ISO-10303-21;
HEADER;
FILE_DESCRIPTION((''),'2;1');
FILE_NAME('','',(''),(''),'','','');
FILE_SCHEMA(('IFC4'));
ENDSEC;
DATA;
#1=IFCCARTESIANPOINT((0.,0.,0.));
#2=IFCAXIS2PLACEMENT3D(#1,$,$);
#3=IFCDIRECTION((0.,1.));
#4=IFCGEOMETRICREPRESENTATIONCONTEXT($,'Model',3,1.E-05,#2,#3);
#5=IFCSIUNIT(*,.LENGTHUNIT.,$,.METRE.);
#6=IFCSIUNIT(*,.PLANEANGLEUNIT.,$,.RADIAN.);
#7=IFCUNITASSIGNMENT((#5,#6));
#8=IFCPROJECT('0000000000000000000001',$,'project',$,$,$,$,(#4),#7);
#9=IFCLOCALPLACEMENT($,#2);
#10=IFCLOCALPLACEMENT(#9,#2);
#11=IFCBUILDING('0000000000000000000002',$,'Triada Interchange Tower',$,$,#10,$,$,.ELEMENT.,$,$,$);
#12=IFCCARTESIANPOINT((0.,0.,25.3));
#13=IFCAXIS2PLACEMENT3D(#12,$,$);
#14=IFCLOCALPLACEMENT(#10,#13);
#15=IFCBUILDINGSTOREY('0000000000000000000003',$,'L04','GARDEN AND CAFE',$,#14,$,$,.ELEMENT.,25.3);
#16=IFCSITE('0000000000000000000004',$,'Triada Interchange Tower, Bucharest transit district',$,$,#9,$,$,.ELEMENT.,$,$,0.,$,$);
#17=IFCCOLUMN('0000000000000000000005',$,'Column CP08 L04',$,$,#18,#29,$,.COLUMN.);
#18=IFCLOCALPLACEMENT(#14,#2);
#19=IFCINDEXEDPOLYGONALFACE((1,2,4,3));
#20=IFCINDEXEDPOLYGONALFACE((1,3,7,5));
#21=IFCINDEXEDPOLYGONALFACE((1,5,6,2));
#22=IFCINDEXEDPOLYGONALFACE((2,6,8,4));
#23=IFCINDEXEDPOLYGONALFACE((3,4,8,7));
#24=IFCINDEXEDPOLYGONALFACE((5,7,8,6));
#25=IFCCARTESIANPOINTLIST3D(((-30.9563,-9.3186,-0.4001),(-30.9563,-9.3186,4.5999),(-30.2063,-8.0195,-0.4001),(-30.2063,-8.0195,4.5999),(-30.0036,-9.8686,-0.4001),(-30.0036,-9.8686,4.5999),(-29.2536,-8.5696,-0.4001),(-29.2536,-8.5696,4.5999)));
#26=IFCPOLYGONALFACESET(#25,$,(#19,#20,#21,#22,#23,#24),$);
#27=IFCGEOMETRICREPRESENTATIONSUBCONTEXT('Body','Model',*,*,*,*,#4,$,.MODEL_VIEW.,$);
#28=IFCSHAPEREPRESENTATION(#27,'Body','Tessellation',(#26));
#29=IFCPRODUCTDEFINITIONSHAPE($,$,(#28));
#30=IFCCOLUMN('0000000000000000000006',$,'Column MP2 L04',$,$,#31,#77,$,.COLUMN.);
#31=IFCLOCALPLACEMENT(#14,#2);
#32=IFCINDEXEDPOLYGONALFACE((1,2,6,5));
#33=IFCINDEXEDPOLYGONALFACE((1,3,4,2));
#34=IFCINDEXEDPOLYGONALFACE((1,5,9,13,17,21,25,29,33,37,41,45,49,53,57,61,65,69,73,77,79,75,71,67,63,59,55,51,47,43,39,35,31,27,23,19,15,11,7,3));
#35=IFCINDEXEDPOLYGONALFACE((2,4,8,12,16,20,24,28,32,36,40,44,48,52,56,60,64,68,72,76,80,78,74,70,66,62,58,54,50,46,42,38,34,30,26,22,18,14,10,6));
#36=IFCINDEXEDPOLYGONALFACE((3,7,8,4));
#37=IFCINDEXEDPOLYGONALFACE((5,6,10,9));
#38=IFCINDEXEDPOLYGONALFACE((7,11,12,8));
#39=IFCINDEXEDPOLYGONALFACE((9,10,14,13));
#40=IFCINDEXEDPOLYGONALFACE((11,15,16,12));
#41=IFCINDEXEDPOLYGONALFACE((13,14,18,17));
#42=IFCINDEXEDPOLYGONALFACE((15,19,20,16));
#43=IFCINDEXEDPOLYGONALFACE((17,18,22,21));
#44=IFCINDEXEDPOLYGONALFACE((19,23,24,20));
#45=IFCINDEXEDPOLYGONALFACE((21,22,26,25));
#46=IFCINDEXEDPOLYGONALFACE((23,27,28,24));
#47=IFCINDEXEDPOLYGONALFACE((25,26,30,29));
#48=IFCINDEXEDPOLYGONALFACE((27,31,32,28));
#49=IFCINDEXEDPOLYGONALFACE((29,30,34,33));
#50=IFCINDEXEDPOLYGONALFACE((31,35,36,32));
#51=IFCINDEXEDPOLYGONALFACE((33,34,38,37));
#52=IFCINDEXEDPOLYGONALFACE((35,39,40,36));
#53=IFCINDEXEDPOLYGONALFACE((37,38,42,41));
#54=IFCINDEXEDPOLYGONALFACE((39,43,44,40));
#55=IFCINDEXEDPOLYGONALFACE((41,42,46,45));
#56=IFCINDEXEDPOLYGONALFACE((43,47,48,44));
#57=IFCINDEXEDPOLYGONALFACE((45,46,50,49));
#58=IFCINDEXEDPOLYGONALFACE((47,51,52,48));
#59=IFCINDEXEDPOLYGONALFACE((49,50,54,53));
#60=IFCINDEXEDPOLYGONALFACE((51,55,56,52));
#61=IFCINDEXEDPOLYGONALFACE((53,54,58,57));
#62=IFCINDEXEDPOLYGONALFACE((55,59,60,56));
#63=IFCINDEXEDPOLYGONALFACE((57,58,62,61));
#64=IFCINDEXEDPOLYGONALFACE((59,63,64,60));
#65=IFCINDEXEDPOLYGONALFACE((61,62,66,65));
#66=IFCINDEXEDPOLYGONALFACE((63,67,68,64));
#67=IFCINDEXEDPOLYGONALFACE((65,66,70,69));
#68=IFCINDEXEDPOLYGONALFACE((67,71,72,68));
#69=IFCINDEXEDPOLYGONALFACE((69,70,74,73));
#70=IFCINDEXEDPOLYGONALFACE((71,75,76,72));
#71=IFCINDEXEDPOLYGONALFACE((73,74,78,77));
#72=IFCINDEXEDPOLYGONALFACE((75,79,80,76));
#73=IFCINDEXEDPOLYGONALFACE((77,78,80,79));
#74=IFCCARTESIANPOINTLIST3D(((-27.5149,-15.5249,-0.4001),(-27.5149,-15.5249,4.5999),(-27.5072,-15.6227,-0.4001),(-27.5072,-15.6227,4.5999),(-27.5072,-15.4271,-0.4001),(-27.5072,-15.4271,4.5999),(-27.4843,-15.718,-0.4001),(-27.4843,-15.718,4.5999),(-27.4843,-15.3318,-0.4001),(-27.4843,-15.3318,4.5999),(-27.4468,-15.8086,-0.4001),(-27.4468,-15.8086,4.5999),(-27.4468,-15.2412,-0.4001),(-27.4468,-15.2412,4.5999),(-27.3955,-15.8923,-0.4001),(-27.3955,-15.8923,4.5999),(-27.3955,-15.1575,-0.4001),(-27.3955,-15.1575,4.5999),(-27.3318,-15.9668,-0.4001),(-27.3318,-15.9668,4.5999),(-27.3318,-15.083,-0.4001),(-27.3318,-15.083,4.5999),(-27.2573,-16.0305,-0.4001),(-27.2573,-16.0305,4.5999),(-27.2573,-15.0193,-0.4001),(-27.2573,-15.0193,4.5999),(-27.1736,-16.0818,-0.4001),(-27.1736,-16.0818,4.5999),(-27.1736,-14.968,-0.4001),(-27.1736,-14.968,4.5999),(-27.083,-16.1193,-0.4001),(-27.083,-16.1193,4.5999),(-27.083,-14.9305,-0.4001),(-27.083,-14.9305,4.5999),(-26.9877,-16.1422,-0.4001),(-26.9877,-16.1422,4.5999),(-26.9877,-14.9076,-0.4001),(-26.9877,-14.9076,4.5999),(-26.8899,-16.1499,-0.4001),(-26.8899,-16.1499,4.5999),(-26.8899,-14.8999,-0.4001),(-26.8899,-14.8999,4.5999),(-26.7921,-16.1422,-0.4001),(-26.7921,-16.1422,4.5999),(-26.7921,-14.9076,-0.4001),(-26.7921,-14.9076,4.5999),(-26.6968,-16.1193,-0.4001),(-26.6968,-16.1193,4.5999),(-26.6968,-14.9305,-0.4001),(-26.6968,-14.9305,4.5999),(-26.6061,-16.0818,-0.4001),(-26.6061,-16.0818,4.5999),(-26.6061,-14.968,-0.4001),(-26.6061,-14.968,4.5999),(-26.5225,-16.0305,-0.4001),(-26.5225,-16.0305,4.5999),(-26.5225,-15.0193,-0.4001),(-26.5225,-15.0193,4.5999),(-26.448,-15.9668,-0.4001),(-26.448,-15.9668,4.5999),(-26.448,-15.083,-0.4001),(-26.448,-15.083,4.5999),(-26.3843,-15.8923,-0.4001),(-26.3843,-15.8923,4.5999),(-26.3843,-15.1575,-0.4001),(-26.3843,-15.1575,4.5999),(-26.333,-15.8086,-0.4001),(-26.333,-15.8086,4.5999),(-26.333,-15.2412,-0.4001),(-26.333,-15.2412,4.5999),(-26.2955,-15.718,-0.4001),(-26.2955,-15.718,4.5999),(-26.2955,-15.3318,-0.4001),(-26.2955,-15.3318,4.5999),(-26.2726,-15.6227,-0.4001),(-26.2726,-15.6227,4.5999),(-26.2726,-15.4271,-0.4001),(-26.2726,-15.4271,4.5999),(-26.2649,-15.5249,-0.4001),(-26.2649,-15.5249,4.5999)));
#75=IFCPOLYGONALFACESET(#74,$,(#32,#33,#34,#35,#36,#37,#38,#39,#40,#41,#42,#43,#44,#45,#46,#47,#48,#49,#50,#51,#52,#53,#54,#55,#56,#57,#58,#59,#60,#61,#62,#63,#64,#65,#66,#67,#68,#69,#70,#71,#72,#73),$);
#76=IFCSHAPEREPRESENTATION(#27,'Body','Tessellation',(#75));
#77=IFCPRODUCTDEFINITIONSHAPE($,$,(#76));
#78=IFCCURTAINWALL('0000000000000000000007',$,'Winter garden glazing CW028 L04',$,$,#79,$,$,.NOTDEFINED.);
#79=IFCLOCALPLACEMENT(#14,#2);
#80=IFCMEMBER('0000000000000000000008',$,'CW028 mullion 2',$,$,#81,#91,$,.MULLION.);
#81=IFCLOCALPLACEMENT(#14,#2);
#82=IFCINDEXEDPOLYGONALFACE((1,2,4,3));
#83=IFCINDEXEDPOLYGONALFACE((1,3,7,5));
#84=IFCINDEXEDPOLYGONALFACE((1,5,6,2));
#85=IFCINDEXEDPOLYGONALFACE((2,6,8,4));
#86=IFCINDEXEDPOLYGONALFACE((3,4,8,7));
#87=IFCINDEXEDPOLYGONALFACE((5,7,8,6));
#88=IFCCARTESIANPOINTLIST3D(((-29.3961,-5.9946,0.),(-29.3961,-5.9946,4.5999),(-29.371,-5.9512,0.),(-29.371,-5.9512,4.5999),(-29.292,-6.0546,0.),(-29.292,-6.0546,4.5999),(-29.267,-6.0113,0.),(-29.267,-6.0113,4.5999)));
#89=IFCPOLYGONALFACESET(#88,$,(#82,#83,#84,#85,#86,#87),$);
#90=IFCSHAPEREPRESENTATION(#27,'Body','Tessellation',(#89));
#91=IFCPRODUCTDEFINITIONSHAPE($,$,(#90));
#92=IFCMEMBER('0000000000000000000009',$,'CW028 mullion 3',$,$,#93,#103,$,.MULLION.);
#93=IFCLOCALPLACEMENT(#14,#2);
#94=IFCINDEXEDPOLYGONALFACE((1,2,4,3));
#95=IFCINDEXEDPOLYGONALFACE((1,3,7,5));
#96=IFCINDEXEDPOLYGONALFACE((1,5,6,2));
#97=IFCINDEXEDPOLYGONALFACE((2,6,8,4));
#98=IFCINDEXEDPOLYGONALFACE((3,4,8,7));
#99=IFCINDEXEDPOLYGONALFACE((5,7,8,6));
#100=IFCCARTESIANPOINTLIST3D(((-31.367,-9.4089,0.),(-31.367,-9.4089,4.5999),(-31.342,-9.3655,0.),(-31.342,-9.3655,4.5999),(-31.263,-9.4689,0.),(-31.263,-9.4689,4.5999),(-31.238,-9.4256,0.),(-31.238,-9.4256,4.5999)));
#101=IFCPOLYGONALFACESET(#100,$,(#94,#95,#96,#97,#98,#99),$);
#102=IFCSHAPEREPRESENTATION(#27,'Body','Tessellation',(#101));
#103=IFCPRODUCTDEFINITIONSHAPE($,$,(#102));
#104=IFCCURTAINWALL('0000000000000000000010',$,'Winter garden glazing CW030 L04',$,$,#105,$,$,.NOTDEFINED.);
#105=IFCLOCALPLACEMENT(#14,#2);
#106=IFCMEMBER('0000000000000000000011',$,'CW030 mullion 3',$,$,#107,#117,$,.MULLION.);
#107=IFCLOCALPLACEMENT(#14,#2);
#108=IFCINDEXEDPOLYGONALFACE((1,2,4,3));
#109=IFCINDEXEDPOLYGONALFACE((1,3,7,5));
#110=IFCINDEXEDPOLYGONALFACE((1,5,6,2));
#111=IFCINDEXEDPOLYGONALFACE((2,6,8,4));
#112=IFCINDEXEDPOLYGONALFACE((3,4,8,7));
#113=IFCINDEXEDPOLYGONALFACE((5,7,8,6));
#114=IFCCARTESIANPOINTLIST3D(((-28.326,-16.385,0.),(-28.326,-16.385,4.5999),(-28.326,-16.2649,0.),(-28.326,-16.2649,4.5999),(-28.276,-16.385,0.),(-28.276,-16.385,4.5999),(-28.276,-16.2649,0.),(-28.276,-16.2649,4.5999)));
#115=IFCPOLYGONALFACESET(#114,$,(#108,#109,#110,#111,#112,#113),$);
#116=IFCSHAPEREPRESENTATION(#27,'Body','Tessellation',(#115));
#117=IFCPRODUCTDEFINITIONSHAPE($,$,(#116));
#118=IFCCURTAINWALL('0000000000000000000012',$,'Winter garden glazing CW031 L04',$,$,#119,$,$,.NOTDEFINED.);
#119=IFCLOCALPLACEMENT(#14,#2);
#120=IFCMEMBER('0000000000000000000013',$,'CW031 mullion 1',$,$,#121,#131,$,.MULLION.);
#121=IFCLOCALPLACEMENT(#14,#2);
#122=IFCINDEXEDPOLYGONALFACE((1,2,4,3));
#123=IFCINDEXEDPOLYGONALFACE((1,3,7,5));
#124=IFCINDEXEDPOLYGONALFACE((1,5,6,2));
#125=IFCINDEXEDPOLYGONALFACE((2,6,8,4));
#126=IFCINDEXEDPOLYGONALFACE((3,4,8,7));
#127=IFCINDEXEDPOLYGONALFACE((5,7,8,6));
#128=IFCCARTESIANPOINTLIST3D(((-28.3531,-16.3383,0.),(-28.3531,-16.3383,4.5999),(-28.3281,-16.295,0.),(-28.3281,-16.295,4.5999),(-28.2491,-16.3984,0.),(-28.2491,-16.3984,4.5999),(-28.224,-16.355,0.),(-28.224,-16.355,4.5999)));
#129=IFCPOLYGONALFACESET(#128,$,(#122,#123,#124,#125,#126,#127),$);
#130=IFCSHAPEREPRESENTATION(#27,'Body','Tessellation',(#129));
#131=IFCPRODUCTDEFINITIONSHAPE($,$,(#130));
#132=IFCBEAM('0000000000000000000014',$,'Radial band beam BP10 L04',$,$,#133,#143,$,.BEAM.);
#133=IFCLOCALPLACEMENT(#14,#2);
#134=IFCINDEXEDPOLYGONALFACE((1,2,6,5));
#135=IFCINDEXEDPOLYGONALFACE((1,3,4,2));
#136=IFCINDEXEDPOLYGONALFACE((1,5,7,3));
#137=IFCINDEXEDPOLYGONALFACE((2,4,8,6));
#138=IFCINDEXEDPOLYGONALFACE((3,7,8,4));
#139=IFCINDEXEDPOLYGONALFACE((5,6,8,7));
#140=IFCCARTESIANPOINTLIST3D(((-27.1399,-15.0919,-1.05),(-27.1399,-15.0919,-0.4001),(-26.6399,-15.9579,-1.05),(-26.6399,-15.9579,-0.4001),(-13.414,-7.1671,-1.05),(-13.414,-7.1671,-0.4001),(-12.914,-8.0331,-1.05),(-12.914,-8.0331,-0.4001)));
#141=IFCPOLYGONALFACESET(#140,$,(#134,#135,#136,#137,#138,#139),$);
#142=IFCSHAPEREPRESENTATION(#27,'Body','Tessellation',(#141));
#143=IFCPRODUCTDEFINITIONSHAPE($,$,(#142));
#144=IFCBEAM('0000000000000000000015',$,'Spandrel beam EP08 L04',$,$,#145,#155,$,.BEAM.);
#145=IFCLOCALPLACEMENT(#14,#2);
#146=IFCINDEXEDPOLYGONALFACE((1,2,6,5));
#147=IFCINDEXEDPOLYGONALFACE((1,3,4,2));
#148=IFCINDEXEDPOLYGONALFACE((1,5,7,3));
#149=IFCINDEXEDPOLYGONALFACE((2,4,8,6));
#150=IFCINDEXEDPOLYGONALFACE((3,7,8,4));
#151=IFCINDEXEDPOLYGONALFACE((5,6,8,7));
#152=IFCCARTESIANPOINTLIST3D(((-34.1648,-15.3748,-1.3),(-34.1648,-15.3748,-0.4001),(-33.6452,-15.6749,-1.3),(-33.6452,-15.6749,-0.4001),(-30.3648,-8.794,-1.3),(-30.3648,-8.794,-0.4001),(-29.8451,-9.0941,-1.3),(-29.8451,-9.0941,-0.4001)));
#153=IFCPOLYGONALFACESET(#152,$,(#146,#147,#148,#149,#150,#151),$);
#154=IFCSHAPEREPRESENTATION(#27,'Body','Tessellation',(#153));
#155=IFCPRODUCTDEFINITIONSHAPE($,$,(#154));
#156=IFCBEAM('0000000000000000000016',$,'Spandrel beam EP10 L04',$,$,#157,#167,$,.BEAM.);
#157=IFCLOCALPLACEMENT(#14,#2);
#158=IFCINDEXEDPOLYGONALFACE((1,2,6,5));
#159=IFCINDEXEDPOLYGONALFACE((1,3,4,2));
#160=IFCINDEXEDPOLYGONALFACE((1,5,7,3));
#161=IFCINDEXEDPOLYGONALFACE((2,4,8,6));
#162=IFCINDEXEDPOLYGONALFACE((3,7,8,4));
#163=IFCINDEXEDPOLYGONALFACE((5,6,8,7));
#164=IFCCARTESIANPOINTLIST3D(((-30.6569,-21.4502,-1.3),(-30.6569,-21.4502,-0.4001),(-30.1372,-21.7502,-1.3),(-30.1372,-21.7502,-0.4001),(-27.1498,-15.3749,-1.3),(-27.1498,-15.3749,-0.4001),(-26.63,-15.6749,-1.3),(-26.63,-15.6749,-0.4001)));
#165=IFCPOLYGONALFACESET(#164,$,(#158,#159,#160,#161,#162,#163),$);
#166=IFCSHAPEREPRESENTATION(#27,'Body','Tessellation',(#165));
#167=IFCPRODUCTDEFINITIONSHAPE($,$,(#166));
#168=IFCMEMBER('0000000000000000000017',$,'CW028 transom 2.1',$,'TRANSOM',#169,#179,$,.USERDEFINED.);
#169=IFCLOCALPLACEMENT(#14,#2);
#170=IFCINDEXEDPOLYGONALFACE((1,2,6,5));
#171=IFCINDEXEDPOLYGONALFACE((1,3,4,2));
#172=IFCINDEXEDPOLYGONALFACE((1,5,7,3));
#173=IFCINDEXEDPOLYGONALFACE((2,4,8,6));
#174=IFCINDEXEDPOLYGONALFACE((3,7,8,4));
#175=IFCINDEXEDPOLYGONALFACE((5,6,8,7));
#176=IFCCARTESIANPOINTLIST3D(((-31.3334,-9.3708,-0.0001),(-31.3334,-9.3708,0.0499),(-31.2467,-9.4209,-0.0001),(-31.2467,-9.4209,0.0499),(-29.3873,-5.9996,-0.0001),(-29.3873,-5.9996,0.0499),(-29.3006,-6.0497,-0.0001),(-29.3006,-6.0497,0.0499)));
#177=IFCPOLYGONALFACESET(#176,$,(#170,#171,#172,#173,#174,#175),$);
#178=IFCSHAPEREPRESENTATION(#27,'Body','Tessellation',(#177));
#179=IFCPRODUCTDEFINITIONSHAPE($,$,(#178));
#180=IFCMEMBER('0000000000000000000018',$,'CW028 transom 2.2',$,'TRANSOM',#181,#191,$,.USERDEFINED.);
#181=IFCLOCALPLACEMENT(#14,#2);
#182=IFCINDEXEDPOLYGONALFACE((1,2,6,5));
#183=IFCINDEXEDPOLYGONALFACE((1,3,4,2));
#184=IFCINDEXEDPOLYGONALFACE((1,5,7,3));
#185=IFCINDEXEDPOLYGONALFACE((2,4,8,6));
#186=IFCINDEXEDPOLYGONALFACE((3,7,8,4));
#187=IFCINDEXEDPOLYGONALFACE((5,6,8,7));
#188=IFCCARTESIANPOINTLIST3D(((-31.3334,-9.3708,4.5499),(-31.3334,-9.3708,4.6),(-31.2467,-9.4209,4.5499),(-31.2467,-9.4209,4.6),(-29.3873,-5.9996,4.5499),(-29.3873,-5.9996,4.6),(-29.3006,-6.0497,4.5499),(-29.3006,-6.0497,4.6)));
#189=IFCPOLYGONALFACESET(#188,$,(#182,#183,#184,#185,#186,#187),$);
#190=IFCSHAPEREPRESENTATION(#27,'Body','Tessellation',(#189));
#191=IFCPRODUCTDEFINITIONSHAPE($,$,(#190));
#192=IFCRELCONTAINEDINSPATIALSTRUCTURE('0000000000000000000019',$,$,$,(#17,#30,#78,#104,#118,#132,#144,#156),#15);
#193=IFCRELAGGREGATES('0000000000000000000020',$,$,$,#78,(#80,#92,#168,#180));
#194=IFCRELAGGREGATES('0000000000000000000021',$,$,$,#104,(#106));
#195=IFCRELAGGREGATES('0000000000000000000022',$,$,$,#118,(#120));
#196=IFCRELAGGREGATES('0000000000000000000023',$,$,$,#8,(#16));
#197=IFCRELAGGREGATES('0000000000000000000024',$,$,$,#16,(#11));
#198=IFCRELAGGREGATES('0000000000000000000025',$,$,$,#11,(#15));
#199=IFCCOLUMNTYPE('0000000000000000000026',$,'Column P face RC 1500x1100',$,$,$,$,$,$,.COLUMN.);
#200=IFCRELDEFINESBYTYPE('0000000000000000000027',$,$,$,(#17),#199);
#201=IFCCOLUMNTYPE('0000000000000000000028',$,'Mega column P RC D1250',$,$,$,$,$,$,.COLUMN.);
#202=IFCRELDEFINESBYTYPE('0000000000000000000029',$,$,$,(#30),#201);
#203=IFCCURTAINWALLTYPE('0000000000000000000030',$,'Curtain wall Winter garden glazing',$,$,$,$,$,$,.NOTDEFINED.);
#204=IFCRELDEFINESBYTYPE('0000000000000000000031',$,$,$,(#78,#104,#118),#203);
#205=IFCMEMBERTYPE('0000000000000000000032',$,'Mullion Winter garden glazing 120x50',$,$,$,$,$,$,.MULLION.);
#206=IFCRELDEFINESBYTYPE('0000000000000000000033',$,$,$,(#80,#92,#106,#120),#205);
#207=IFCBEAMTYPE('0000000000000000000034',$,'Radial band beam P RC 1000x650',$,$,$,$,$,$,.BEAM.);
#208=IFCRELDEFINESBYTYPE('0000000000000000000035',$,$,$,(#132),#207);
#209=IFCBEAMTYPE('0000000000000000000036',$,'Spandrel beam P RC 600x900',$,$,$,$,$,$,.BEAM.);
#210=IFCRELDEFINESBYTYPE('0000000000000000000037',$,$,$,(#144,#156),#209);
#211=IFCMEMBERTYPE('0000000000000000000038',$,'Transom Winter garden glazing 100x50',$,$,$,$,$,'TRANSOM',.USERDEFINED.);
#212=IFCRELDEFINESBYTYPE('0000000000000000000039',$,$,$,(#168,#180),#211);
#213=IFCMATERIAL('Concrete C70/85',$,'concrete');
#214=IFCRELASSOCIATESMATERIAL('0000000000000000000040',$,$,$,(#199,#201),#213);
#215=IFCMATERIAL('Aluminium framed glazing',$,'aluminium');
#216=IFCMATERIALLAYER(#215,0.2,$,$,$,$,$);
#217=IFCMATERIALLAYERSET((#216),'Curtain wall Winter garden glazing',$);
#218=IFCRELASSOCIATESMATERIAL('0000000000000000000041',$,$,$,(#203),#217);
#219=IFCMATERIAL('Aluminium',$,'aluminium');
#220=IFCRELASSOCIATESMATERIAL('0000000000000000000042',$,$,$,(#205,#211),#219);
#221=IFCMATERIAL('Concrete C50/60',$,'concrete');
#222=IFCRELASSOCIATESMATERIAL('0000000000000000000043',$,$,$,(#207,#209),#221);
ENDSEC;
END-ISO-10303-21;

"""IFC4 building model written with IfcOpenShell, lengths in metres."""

from ifc_helpers import new_model, si_unit, direction, frame, origin, origin_2d, place, context, subcontext, project, spatial, rectangle, circle, extrude, material, layer, layer_set, material_profile, profile_set, type_object, element, aggregate, save


model = new_model("IFC4")

# Units and contexts
model_context = context("Model", 3, precision=1e-05, world=origin(), true_north=direction((0.0, 1.0)))
body_context = subcontext(model_context, "Body", "Model", "MODEL_VIEW")
ifc_project = project(units=[si_unit("LENGTHUNIT", "METRE"), si_unit("PLANEANGLEUNIT", "RADIAN")], contexts=[model_context])

# Site, building, storey
site_placement = place(None, origin())
site = spatial("IfcSite", under=ifc_project, at=site_placement, Name="Triada Interchange Tower, Bucharest transit district", CompositionType="ELEMENT", RefElevation=0.0)
building_placement = place(site_placement, origin())
building = spatial("IfcBuilding", under=site, at=building_placement, Name="Triada Interchange Tower", CompositionType="ELEMENT")
storey_placement = place(building_placement, frame((0.0, 0.0, 25.3)))
storey = spatial("IfcBuildingStorey", under=building, at=storey_placement, Name="L04", Description="GARDEN AND CAFE", CompositionType="ELEMENT", Elevation=25.3)

# Columns
ifc_material_1 = material(Name="Concrete C70/85", Category="concrete")
ifc_material_profile_1 = material_profile(ifc_material_1, rectangle(XDim=1.5, YDim=1.1001, at=origin_2d()), Name="RC 1500x1100")
ifc_profile_set_1 = profile_set([ifc_material_profile_1], Name="Concrete C70/85")
column_type_1 = type_object("IfcColumnType", Name="Column P face RC 1500x1100", PredefinedType="COLUMN", material=ifc_profile_set_1)
column_1_placement = place(storey_placement, frame((-30.105, -8.9441, -0.4001), z_axis=(0.0, 0.0, 1.0), x_axis=(0.5, 0.866025, 0.0)))
element("IfcColumn", 1, at=column_1_placement, inside=storey, type_object=column_type_1, Name="Column CP08 L04", PredefinedType="COLUMN", context=body_context, shape_type="SweptSolid", body=[
    extrude(rectangle(XDim=1.5, YDim=1.1001, at=origin_2d()), origin(), (0.0, 0.0, 1.0), 5.0),
])
ifc_material_profile_2 = material_profile(ifc_material_1, circle(Radius=0.625, at=origin_2d()), Name="RC D1250")
ifc_profile_set_2 = profile_set([ifc_material_profile_2], Name="Concrete C70/85")
column_type_2 = type_object("IfcColumnType", Name="Mega column P RC D1250", PredefinedType="COLUMN", material=ifc_profile_set_2)
column_2_placement = place(storey_placement, frame((-26.8899, -15.5249, -0.4001), z_axis=(0.0, 0.0, 1.0), x_axis=(1.0, 0.0, 0.0)))
element("IfcColumn", 2, at=column_2_placement, inside=storey, type_object=column_type_2, Name="Column MP2 L04", PredefinedType="COLUMN", context=body_context, shape_type="SweptSolid", body=[
    extrude(circle(Radius=0.625, at=origin_2d()), origin(), (0.0, 0.0, 1.0), 5.0),
])

# Curtain wall, members
ifc_material_2 = material(Name="Aluminium framed glazing", Category="aluminium")
ifc_layer_1 = layer(ifc_material_2, 0.2)
ifc_layer_set_1 = layer_set([ifc_layer_1], Name="Curtain wall Winter garden glazing")
curtain_wall_type = type_object("IfcCurtainWallType", Name="Curtain wall Winter garden glazing", PredefinedType="NOTDEFINED", material=ifc_layer_set_1)
curtain_wall_1_placement = place(storey_placement, origin())
curtain_wall_1 = element("IfcCurtainWall", 3, at=curtain_wall_1_placement, inside=storey, type_object=curtain_wall_type, Name="Winter garden glazing CW028 L04", PredefinedType="NOTDEFINED")
ifc_material_3 = material(Name="Aluminium", Category="aluminium")
ifc_material_profile_3 = material_profile(ifc_material_3, rectangle(XDim=0.1201, YDim=0.05, at=origin_2d()), Name="Aluminium mullion")
ifc_profile_set_3 = profile_set([ifc_material_profile_3], Name="Aluminium")
member_type_1 = type_object("IfcMemberType", Name="Mullion Winter garden glazing 120x50", PredefinedType="MULLION", material=ifc_profile_set_3)
member_1_placement = place(storey_placement, frame((-29.3315, -6.0029, 0.0), z_axis=(0.0, 0.0, 1.0), x_axis=(0.866055, -0.499948, 0.0)))
member_1 = element("IfcMember", 4, at=member_1_placement, type_object=member_type_1, Name="CW028 mullion 2", PredefinedType="MULLION", context=body_context, shape_type="SweptSolid", body=[
    extrude(rectangle(XDim=0.1201, YDim=0.05, at=origin_2d()), origin(), (0.0, 0.0, 1.0), 4.5999),
])
member_2_placement = place(storey_placement, frame((-31.3025, -9.4172, 0.0), z_axis=(0.0, 0.0, 1.0), x_axis=(0.866055, -0.499948, 0.0)))
member_2 = element("IfcMember", 5, at=member_2_placement, type_object=member_type_1, Name="CW028 mullion 3", PredefinedType="MULLION", context=body_context, shape_type="SweptSolid", body=[
    extrude(rectangle(XDim=0.1201, YDim=0.05, at=origin_2d()), origin(), (0.0, 0.0, 1.0), 4.5999),
])

# Curtain walls, members
curtain_wall_2_placement = place(storey_placement, origin())
curtain_wall_2 = element("IfcCurtainWall", 6, at=curtain_wall_2_placement, inside=storey, type_object=curtain_wall_type, Name="Winter garden glazing CW030 L04", PredefinedType="NOTDEFINED")
member_3_placement = place(storey_placement, frame((-28.301, -16.325, 0.0), z_axis=(0.0, 0.0, 1.0), x_axis=(0.0, 1.0, 0.0)))
member_3 = element("IfcMember", 7, at=member_3_placement, type_object=member_type_1, Name="CW030 mullion 3", PredefinedType="MULLION", context=body_context, shape_type="SweptSolid", body=[
    extrude(rectangle(XDim=0.1201, YDim=0.05, at=origin_2d()), origin(), (0.0, 0.0, 1.0), 4.5999),
])
curtain_wall_3_placement = place(storey_placement, origin())
curtain_wall_3 = element("IfcCurtainWall", 8, at=curtain_wall_3_placement, inside=storey, type_object=curtain_wall_type, Name="Winter garden glazing CW031 L04", PredefinedType="NOTDEFINED")
member_4_placement = place(storey_placement, frame((-28.2886, -16.3467, 0.0), z_axis=(0.0, 0.0, 1.0), x_axis=(0.86605, -0.499957, 0.0)))
member_4 = element("IfcMember", 9, at=member_4_placement, type_object=member_type_1, Name="CW031 mullion 1", PredefinedType="MULLION", context=body_context, shape_type="SweptSolid", body=[
    extrude(rectangle(XDim=0.1201, YDim=0.05, at=origin_2d()), origin(), (0.0, 0.0, 1.0), 4.5999),
])

# Beams
ifc_material_4 = material(Name="Concrete C50/60", Category="concrete")
ifc_material_profile_4 = material_profile(ifc_material_4, rectangle(XDim=1.0, YDim=0.6499, at=origin_2d()), Name="RC 1000x650")
ifc_profile_set_4 = profile_set([ifc_material_profile_4], Name="Concrete C50/60")
beam_type_1 = type_object("IfcBeamType", Name="Radial band beam P RC 1000x650", PredefinedType="BEAM", material=ifc_profile_set_4)
beam_1_placement = place(storey_placement, frame((-26.8899, -15.5249, -0.7251), z_axis=(0.86602, 0.500009, 0.0), x_axis=(-0.500009, 0.86602, 0.0)))
element("IfcBeam", 10, at=beam_1_placement, inside=storey, type_object=beam_type_1, Name="Radial band beam BP10 L04", PredefinedType="BEAM", context=body_context, shape_type="SweptSolid", body=[
    extrude(rectangle(XDim=1.0, YDim=0.6499, at=origin_2d()), origin(), (0.0, 0.0, 1.0), 15.8494),
])
ifc_material_profile_5 = material_profile(ifc_material_4, rectangle(XDim=0.6001, YDim=0.8999, at=origin_2d()), Name="RC 600x900")
ifc_profile_set_5 = profile_set([ifc_material_profile_5], Name="Concrete C50/60")
beam_type_2 = type_object("IfcBeamType", Name="Spandrel beam P RC 600x900", PredefinedType="BEAM", material=ifc_profile_set_5)
beam_2_placement = place(storey_placement, frame((-30.105, -8.9441, -0.8501), z_axis=(-0.500061, -0.86599, 0.0), x_axis=(0.86599, -0.500061, 0.0)))
element("IfcBeam", 11, at=beam_2_placement, inside=storey, type_object=beam_type_2, Name="Spandrel beam EP08 L04", PredefinedType="BEAM", context=body_context, shape_type="SweptSolid", body=[
    extrude(rectangle(XDim=0.6001, YDim=0.8999, at=origin_2d()), origin(), (0.0, 0.0, 1.0), 7.5991),
])
beam_3_placement = place(storey_placement, frame((-26.8899, -15.5249, -0.8501), z_axis=(-0.499953, -0.866052, 0.0), x_axis=(0.866052, -0.499953, 0.0)))
element("IfcBeam", 12, at=beam_3_placement, inside=storey, type_object=beam_type_2, Name="Spandrel beam EP10 L04", PredefinedType="BEAM", context=body_context, shape_type="SweptSolid", body=[
    extrude(rectangle(XDim=0.6001, YDim=0.8999, at=origin_2d()), origin(), (0.0, 0.0, 1.0), 7.0149),
])

# Members
ifc_material_profile_6 = material_profile(ifc_material_3, rectangle(XDim=0.1001, YDim=0.05, at=origin_2d()), Name="Aluminium transom")
ifc_profile_set_6 = profile_set([ifc_material_profile_6], Name="Aluminium")
member_type_2 = type_object("IfcMemberType", Name="Transom Winter garden glazing 100x50", ElementType="TRANSOM", PredefinedType="USERDEFINED", material=ifc_profile_set_6)
member_5_placement = place(storey_placement, frame((-29.344, -6.0247, 0.0249), z_axis=(-0.49995, -0.866054, 0.0), x_axis=(0.866054, -0.49995, 0.0)))
member_5 = element("IfcMember", 13, at=member_5_placement, type_object=member_type_2, Name="CW028 transom 2.1", ObjectType="TRANSOM", PredefinedType="USERDEFINED", context=body_context, shape_type="SweptSolid", body=[
    extrude(rectangle(XDim=0.1001, YDim=0.05, at=origin_2d()), origin(), (0.0, 0.0, 1.0), 3.8926),
])
member_6_placement = place(storey_placement, frame((-29.344, -6.0247, 4.575), z_axis=(-0.49995, -0.866054, 0.0), x_axis=(0.866054, -0.49995, 0.0)))
member_6 = element("IfcMember", 14, at=member_6_placement, type_object=member_type_2, Name="CW028 transom 2.2", ObjectType="TRANSOM", PredefinedType="USERDEFINED", context=body_context, shape_type="SweptSolid", body=[
    extrude(rectangle(XDim=0.1001, YDim=0.05, at=origin_2d()), origin(), (0.0, 0.0, 1.0), 3.8926),
])

aggregate(curtain_wall_1, [member_1, member_2, member_5, member_6])
aggregate(curtain_wall_2, [member_3])
aggregate(curtain_wall_3, [member_4])

save(model, "model.ifc")
